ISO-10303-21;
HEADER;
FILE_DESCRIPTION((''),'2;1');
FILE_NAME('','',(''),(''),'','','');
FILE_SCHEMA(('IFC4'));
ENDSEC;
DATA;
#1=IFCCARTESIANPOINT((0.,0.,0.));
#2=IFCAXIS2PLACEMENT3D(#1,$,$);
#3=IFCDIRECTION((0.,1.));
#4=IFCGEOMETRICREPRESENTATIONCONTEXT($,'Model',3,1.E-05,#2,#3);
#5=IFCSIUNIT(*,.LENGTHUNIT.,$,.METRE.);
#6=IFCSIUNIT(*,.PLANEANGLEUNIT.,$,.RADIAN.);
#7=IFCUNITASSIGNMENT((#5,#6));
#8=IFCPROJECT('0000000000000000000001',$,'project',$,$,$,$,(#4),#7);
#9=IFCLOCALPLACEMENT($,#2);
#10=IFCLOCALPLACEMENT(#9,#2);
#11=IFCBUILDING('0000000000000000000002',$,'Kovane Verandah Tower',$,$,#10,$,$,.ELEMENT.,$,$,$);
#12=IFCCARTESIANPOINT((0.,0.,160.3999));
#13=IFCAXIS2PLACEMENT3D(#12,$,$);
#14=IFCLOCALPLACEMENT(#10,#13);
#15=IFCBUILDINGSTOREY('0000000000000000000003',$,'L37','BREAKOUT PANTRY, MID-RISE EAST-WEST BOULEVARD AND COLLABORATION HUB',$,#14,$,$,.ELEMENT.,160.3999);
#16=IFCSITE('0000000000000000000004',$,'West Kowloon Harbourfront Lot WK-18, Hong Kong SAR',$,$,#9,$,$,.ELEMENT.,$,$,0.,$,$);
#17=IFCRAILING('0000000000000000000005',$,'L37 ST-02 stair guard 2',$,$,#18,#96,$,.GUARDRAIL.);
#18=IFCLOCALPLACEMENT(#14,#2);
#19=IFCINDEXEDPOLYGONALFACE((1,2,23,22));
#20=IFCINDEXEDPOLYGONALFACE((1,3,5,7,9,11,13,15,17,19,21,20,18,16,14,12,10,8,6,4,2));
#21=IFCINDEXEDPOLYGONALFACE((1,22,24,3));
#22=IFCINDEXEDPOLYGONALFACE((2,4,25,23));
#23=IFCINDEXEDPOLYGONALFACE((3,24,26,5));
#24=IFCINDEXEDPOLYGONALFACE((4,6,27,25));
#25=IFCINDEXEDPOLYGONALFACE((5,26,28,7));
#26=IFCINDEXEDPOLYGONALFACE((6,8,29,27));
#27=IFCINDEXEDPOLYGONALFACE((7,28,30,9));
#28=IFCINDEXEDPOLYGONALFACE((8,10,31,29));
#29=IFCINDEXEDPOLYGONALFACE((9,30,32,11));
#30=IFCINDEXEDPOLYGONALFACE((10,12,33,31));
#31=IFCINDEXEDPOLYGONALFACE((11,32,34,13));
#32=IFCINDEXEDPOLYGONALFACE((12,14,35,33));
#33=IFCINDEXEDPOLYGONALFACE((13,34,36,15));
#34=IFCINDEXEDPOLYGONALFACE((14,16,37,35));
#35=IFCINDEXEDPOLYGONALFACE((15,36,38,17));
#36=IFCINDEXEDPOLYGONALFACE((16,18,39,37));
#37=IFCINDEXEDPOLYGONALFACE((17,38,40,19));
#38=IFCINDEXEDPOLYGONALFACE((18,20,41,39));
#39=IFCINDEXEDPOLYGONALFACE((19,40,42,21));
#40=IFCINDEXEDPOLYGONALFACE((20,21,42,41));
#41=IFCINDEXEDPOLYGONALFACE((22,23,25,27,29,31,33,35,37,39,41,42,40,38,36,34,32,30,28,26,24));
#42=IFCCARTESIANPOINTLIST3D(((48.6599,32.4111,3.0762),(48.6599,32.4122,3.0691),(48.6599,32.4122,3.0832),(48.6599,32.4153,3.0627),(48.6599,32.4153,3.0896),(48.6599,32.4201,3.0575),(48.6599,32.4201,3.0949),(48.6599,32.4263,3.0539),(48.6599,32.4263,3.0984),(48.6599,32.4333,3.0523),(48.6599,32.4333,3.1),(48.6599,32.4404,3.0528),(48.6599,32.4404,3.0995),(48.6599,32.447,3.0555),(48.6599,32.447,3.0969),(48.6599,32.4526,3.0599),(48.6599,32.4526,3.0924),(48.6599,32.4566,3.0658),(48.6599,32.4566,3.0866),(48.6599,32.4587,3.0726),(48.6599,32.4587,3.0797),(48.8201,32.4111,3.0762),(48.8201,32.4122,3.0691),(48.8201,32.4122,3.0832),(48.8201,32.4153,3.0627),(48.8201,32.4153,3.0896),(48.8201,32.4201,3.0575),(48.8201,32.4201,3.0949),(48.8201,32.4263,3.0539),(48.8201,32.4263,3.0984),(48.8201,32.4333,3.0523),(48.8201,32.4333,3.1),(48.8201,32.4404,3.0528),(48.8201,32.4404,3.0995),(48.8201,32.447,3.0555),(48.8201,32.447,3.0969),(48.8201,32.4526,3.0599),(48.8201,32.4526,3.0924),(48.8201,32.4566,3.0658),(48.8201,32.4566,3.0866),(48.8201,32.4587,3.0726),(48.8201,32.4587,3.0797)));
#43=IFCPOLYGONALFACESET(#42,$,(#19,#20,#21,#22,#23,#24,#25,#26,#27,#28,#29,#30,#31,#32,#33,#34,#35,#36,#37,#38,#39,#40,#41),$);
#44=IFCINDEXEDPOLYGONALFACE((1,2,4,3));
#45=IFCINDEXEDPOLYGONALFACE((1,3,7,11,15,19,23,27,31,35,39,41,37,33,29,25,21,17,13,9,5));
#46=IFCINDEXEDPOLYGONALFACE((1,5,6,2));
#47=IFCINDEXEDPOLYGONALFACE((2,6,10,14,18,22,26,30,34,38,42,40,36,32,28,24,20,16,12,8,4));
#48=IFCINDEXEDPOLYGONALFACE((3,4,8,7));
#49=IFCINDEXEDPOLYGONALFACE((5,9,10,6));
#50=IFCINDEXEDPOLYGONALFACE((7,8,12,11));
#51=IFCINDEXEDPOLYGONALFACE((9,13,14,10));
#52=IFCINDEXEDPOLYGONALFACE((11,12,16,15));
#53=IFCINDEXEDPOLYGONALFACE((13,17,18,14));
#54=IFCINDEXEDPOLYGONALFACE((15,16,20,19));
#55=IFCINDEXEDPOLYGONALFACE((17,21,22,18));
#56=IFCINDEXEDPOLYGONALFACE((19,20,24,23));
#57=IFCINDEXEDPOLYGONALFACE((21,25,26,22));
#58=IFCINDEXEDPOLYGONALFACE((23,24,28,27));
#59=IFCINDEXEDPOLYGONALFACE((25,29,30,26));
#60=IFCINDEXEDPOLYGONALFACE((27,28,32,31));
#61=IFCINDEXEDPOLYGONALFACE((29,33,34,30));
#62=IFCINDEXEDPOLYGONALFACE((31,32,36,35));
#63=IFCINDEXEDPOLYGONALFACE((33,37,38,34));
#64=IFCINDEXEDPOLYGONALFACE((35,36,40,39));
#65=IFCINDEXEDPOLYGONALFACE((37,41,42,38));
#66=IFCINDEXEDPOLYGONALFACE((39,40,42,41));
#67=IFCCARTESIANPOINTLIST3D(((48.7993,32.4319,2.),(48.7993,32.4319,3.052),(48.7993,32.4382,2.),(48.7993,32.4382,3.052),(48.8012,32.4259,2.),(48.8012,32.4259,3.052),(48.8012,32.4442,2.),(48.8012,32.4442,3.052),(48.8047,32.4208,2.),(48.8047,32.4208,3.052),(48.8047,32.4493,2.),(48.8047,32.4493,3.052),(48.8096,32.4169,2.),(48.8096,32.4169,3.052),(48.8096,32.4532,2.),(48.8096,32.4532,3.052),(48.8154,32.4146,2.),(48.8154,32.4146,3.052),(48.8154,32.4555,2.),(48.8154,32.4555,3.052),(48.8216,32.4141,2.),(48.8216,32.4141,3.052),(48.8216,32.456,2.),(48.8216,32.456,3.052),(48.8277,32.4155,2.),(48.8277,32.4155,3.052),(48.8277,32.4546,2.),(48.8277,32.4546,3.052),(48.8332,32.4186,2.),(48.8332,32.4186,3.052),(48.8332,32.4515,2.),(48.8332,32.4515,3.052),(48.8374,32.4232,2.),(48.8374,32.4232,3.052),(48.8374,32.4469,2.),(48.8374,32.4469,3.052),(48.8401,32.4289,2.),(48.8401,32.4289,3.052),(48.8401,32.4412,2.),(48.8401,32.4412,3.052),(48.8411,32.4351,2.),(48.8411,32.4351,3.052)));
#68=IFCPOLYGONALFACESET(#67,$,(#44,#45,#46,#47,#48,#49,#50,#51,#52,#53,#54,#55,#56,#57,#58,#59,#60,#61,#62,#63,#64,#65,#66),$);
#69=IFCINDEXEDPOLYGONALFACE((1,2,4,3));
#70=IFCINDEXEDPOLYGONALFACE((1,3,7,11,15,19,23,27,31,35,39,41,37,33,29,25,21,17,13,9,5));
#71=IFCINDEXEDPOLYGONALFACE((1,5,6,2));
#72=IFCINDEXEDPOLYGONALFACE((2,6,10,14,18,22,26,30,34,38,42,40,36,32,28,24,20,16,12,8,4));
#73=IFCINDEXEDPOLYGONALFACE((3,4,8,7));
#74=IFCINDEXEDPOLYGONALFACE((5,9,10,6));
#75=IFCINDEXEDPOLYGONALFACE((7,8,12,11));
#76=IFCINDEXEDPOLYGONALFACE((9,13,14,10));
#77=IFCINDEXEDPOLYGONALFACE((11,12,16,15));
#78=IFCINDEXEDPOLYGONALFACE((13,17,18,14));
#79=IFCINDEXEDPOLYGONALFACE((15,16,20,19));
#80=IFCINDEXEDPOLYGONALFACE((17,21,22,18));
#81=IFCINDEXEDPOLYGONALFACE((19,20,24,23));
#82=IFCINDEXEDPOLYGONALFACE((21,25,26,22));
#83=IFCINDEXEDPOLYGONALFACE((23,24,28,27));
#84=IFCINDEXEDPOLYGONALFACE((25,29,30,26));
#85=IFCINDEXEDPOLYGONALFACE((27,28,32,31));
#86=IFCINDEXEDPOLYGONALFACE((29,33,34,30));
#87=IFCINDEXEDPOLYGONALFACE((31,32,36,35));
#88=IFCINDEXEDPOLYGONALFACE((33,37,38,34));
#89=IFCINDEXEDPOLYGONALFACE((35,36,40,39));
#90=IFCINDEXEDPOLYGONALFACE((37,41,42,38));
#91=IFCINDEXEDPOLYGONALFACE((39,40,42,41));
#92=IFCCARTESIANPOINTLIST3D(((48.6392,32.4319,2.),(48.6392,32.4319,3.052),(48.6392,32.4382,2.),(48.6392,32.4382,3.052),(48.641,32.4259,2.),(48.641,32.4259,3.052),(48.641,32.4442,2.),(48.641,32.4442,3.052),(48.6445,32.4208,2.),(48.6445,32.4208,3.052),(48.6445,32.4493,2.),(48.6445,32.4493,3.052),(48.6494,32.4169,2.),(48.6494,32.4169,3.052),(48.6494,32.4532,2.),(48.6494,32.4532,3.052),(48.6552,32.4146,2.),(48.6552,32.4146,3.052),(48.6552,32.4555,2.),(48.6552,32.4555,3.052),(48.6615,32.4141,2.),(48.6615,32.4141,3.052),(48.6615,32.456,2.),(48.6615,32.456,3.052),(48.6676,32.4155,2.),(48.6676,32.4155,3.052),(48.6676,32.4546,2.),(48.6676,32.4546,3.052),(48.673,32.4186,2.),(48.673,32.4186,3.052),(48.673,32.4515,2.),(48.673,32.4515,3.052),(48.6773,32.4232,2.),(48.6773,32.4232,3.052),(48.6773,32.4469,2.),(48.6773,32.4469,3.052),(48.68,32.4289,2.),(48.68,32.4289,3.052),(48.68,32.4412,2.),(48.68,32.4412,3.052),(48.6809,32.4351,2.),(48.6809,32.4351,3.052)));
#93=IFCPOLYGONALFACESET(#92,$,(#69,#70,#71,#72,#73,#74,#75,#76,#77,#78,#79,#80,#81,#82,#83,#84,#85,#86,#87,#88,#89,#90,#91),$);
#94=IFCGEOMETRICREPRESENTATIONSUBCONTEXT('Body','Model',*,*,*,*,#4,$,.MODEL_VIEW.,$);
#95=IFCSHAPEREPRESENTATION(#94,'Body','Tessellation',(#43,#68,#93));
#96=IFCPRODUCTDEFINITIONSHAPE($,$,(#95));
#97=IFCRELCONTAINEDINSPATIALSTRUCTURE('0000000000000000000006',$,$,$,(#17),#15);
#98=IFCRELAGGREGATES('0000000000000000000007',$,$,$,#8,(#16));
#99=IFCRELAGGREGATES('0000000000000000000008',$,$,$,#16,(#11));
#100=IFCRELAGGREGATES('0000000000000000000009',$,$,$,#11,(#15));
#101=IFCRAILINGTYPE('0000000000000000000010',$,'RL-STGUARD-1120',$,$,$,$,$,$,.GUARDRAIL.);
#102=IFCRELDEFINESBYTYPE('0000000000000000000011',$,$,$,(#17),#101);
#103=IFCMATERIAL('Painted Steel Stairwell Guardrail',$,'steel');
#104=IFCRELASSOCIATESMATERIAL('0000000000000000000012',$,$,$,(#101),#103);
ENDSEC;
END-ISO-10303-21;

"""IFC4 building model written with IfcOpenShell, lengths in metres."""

from ifc_helpers import new_model, si_unit, direction, frame, origin, origin_2d, place, context, subcontext, project, spatial, circle, extrude, material, type_object, element, save


model = new_model("IFC4")

# Units and contexts
model_context = context("Model", 3, precision=1e-05, world=origin(), true_north=direction((0.0, 1.0)))
body_context = subcontext(model_context, "Body", "Model", "MODEL_VIEW")
ifc_project = project(units=[si_unit("LENGTHUNIT", "METRE"), si_unit("PLANEANGLEUNIT", "RADIAN")], contexts=[model_context])

# Site, building, storey
site_placement = place(None, origin())
site = spatial("IfcSite", under=ifc_project, at=site_placement, Name="West Kowloon Harbourfront Lot WK-18, Hong Kong SAR", CompositionType="ELEMENT", RefElevation=0.0)
building_placement = place(site_placement, origin())
building = spatial("IfcBuilding", under=site, at=building_placement, Name="Kovane Verandah Tower", CompositionType="ELEMENT")
storey_placement = place(building_placement, frame((0.0, 0.0, 160.3999)))
storey = spatial("IfcBuildingStorey", under=building, at=storey_placement, Name="L37", Description="BREAKOUT PANTRY, MID-RISE EAST-WEST BOULEVARD AND COLLABORATION HUB", CompositionType="ELEMENT", Elevation=160.3999)

# Railing
ifc_material_1 = material(Name="Painted Steel Stairwell Guardrail", Category="steel")
railing_type_1 = type_object("IfcRailingType", Name="RL-STGUARD-1120", PredefinedType="GUARDRAIL", material=ifc_material_1)
railing_1_placement = place(storey_placement, frame((48.8201, 32.4351, 2.0)))
element("IfcRailing", 1, at=railing_1_placement, inside=storey, type_object=railing_type_1, Name="L37 ST-02 stair guard 2", PredefinedType="GUARDRAIL", context=body_context, shape_type="SweptSolid", body=[
    extrude(circle(Radius=0.0239, at=origin_2d()), frame((0.0, 0.0, 1.0762), z_axis=(-1.0, 0.0, 0.0), x_axis=(0.0, -1.0, 0.0)), (0.0, 0.0, 1.0), 0.1602),
    extrude(circle(Radius=0.021, at=origin_2d()), origin(), (0.0, 0.0, 1.0), 1.052),
    extrude(circle(Radius=0.021, at=origin_2d()), frame((-0.1602, 0.0, 0.0)), (0.0, 0.0, 1.0), 1.052),
])

save(model, "model.ifc")
